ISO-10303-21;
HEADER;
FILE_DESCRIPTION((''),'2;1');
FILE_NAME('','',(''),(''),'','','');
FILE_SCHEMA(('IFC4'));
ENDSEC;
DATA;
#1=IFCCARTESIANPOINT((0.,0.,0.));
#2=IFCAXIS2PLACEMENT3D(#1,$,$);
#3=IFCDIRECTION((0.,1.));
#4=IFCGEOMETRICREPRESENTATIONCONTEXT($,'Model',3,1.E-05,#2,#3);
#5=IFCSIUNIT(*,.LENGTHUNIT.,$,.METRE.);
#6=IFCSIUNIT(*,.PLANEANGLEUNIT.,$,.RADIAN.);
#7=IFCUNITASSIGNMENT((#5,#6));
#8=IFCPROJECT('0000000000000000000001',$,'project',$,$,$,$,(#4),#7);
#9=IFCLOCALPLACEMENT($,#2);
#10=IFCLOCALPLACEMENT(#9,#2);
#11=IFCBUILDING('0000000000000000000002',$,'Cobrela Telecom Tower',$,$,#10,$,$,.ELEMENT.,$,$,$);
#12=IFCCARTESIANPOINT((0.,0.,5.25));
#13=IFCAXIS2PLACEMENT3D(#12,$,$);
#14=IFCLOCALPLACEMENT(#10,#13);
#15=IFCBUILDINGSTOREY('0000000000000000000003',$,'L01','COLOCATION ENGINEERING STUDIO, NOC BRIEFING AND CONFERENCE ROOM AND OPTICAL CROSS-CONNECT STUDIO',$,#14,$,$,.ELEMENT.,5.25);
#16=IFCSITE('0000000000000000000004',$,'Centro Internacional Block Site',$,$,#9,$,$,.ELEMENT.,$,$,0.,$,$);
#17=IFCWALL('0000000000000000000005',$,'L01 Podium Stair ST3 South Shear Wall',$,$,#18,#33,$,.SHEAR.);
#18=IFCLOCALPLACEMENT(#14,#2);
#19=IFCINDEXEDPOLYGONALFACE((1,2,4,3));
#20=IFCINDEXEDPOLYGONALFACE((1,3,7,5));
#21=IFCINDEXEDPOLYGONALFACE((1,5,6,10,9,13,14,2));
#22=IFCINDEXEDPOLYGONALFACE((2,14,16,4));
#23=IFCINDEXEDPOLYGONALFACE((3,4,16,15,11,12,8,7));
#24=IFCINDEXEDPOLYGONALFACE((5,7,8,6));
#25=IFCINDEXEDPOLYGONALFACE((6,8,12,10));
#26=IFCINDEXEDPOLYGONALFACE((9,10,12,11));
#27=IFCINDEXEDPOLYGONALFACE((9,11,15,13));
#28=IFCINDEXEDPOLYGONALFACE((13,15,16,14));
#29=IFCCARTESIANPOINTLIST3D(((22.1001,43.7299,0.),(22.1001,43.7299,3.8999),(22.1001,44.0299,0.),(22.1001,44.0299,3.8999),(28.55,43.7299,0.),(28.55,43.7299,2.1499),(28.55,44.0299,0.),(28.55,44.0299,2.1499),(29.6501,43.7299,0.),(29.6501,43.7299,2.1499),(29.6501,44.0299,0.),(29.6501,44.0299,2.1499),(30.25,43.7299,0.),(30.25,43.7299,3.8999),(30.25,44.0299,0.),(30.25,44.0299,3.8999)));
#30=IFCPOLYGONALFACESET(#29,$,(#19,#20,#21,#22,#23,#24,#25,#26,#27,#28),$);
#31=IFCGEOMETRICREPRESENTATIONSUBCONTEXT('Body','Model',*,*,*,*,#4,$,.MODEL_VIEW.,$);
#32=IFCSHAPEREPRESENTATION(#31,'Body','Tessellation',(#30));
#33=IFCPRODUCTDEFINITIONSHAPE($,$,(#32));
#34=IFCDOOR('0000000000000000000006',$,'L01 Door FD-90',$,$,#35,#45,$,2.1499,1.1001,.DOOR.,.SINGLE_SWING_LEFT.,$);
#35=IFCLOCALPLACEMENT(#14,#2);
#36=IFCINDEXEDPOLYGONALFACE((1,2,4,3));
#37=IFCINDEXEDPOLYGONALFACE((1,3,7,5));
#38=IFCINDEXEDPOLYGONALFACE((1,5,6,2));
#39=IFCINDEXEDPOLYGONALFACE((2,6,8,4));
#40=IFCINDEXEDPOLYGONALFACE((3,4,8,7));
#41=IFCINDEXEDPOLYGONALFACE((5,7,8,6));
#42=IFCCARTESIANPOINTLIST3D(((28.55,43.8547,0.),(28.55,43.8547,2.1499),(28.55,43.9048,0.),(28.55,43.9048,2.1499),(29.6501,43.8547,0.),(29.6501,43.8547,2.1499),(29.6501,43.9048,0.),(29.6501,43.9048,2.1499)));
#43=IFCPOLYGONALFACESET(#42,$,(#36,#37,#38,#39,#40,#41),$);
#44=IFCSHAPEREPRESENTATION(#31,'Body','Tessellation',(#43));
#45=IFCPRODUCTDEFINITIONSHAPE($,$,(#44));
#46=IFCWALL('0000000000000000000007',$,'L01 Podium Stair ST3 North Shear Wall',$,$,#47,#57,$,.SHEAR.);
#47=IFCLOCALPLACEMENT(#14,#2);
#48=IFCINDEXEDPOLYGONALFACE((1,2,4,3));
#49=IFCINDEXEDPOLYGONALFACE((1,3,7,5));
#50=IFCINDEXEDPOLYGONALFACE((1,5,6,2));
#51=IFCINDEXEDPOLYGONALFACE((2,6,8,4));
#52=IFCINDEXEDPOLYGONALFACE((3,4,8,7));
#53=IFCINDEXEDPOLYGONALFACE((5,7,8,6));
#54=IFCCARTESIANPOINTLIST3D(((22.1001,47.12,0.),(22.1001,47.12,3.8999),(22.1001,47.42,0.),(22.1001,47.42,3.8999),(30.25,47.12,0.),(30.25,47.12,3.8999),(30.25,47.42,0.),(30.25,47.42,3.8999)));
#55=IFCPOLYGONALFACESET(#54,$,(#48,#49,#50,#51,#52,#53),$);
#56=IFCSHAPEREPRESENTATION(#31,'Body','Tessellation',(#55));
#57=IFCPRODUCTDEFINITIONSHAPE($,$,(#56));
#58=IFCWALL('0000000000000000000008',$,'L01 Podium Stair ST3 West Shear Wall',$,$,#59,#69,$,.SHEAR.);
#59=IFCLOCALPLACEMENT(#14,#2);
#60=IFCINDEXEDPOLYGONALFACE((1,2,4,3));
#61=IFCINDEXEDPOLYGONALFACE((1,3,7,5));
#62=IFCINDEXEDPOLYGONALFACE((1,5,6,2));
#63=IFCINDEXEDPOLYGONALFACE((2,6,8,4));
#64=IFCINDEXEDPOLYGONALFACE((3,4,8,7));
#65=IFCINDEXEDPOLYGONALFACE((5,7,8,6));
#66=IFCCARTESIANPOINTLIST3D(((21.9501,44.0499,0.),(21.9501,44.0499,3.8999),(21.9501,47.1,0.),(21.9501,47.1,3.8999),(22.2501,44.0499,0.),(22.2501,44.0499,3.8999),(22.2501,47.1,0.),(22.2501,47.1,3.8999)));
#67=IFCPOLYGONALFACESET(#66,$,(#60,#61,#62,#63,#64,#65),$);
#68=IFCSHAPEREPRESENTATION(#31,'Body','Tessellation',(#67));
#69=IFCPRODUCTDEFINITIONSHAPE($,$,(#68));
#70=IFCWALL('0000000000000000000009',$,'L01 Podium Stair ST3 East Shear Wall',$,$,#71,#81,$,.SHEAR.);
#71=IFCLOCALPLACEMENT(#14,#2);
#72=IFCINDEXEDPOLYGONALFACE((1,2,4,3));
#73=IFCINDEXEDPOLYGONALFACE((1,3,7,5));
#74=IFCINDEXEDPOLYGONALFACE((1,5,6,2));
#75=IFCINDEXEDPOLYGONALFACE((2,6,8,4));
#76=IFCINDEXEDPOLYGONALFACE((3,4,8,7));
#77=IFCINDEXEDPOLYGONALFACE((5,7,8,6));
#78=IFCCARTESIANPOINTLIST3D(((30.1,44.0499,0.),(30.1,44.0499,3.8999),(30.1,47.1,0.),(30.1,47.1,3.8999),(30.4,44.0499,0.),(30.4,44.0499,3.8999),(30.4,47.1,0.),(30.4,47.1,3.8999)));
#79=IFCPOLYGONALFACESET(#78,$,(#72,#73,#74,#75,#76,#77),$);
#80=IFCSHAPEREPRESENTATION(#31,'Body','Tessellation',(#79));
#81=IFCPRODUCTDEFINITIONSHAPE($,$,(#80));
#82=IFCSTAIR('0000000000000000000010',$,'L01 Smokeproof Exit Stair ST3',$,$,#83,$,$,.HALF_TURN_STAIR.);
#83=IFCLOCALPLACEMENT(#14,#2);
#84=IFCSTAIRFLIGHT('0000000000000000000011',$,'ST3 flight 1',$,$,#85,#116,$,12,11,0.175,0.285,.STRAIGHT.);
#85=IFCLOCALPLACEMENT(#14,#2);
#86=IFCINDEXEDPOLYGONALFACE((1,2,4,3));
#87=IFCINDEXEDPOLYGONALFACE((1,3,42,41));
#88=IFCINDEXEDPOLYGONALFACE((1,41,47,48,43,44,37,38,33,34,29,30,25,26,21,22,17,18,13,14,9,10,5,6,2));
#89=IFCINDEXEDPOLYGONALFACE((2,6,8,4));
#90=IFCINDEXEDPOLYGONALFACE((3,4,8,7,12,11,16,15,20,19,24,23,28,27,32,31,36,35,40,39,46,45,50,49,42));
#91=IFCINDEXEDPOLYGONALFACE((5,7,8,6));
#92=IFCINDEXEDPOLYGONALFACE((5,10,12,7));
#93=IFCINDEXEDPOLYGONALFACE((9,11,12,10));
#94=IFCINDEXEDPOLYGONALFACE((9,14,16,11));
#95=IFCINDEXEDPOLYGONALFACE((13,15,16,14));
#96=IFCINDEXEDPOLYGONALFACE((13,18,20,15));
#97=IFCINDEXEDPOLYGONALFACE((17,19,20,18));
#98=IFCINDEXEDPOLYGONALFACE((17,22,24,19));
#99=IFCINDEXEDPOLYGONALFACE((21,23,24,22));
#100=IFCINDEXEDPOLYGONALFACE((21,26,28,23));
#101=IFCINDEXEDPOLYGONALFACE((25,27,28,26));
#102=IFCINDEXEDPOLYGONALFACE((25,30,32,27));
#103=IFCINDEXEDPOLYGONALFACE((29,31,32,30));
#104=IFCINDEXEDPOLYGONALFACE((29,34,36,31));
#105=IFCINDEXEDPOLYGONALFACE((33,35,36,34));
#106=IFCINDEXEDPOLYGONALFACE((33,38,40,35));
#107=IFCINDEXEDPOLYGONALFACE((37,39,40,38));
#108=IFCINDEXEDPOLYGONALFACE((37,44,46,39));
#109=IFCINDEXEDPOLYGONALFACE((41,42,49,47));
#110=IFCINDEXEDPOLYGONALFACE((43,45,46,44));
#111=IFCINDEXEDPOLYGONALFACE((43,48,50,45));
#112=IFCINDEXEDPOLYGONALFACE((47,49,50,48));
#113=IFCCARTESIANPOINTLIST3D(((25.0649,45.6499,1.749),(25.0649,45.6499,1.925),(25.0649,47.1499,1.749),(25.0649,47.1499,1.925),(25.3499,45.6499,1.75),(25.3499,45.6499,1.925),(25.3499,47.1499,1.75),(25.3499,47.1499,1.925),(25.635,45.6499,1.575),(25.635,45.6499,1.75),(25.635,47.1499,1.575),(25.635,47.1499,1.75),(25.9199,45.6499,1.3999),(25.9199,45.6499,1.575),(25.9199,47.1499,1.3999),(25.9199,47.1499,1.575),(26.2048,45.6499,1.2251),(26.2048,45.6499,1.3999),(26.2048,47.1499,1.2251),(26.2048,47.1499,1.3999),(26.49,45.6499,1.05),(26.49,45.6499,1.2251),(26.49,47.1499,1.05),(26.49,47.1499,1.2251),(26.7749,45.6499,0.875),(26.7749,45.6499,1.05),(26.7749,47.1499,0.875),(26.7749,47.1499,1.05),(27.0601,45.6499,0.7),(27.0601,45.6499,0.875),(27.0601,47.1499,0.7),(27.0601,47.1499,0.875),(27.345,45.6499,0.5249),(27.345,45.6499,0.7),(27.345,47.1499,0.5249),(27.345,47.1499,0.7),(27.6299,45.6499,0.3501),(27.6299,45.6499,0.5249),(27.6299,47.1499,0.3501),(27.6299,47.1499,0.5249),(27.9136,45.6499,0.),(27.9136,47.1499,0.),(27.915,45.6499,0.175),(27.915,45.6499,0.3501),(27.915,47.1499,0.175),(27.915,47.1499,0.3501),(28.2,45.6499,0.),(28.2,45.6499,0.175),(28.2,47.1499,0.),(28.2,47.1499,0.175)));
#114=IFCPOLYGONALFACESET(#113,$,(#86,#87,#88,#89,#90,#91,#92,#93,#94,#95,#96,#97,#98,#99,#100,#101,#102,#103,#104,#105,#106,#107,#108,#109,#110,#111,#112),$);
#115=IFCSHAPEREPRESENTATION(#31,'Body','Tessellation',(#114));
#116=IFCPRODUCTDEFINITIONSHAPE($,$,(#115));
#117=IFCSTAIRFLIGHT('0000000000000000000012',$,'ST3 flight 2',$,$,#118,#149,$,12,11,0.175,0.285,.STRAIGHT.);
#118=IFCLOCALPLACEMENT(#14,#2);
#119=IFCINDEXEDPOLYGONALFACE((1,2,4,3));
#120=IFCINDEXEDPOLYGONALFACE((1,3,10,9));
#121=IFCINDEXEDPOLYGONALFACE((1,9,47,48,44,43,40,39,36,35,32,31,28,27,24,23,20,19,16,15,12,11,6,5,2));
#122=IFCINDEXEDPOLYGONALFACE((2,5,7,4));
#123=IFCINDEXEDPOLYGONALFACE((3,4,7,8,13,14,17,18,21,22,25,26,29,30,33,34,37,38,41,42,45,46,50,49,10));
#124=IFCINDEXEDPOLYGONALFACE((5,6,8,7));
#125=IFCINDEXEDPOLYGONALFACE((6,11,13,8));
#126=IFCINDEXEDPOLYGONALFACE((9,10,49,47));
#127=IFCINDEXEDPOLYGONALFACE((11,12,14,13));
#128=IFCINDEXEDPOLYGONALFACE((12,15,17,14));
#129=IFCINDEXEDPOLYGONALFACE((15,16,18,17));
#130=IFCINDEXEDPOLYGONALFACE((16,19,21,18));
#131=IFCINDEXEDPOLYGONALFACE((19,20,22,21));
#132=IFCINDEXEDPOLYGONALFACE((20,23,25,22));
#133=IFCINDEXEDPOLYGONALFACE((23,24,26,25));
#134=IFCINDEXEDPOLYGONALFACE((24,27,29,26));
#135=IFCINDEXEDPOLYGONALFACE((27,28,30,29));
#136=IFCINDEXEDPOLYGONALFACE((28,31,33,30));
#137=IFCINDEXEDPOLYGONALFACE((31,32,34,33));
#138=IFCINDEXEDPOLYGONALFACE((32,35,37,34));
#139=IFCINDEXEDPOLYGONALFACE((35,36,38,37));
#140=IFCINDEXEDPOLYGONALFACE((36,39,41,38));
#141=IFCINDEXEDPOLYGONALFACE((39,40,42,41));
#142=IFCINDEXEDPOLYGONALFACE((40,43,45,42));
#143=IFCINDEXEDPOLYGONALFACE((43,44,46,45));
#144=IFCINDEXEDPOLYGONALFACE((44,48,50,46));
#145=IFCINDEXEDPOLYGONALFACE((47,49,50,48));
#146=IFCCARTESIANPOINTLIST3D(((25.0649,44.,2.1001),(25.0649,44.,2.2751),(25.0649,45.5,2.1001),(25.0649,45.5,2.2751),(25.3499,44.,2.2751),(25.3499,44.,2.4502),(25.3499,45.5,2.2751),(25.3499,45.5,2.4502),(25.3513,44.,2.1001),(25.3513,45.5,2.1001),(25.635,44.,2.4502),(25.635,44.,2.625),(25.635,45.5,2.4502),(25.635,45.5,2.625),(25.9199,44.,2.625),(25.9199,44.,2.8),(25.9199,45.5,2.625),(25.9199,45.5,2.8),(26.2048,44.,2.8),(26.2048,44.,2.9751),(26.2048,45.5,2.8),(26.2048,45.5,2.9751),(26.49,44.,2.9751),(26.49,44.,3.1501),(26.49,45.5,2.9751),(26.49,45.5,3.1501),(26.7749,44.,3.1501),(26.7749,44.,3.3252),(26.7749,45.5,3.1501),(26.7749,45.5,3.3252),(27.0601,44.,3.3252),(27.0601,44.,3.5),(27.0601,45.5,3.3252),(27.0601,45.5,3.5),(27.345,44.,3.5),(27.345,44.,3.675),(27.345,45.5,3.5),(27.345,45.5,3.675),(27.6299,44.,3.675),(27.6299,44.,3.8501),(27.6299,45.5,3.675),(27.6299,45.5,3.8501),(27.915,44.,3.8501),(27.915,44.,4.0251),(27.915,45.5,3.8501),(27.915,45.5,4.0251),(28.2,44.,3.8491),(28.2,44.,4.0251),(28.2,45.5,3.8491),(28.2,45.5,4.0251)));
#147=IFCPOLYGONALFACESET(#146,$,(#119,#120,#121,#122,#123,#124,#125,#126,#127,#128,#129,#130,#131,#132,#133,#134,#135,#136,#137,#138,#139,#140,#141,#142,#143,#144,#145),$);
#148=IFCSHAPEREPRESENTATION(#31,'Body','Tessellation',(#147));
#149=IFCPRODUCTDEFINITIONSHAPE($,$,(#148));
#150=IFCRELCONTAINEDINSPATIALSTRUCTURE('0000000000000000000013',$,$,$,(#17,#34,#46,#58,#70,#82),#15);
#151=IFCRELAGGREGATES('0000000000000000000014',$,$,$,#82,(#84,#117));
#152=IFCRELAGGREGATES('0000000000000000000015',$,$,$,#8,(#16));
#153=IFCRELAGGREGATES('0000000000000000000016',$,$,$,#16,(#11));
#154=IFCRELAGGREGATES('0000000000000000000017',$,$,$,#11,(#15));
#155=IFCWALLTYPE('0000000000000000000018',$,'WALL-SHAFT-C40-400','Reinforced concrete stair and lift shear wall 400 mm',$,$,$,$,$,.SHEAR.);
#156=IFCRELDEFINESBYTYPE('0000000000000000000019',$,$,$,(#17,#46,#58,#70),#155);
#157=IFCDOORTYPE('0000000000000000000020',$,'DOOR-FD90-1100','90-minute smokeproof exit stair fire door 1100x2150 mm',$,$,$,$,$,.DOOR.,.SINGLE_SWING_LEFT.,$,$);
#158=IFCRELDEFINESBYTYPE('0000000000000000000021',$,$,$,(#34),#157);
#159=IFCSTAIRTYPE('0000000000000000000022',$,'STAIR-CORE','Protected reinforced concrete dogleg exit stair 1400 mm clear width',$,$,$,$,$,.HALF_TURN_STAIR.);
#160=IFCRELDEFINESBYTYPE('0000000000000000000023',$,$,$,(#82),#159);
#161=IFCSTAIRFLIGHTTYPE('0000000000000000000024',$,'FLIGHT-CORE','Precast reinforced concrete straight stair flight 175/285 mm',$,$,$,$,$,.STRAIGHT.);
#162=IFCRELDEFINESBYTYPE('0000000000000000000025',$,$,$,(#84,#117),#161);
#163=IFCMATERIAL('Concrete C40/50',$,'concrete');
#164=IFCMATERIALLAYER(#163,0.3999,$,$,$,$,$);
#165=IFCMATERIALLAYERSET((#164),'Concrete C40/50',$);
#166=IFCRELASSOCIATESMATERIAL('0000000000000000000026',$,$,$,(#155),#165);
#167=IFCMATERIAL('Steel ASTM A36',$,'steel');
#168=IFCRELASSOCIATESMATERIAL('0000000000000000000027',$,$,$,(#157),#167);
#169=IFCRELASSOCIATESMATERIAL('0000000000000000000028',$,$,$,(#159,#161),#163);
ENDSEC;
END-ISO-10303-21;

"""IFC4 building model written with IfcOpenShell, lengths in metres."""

from ifc_helpers import new_model, si_unit, direction, frame, frame_2d, origin, place, context, subcontext, project, spatial, polyline, rectangle, outline, extrude, material, layer, layer_set, type_object, element, fill, aggregate, save


model = new_model("IFC4")

# Units and contexts
model_context = context("Model", 3, precision=1e-05, world=origin(), true_north=direction((0.0, 1.0)))
body_context = subcontext(model_context, "Body", "Model", "MODEL_VIEW")
ifc_project = project(units=[si_unit("LENGTHUNIT", "METRE"), si_unit("PLANEANGLEUNIT", "RADIAN")], contexts=[model_context])

# Site, building, storey
site_placement = place(None, origin())
site = spatial("IfcSite", under=ifc_project, at=site_placement, Name="Centro Internacional Block Site", CompositionType="ELEMENT", RefElevation=0.0)
building_placement = place(site_placement, origin())
building = spatial("IfcBuilding", under=site, at=building_placement, Name="Cobrela Telecom Tower", CompositionType="ELEMENT")
storey_placement = place(building_placement, frame((0.0, 0.0, 5.25)))
storey = spatial("IfcBuildingStorey", under=building, at=storey_placement, Name="L01", Description="COLOCATION ENGINEERING STUDIO, NOC BRIEFING AND CONFERENCE ROOM AND OPTICAL CROSS-CONNECT STUDIO", CompositionType="ELEMENT", Elevation=5.25)

# Wall, opening, door
ifc_material_1 = material(Name="Concrete C40/50", Category="concrete")
ifc_layer_1 = layer(ifc_material_1, 0.3999)
ifc_layer_set_1 = layer_set([ifc_layer_1], Name="Concrete C40/50")
wall_type_1 = type_object("IfcWallType", Name="WALL-SHAFT-C40-400", Description="Reinforced concrete stair and lift shear wall 400 mm", PredefinedType="SHEAR", material=ifc_layer_set_1)
wall_1_placement = place(storey_placement, frame((22.1001, 43.8799, 0.0), z_axis=(0.0, 0.0, 1.0), x_axis=(1.0, 0.0, 0.0)))
wall_1 = element("IfcWall", 1, at=wall_1_placement, inside=storey, type_object=wall_type_1, Name="L01 Podium Stair ST3 South Shear Wall", PredefinedType="SHEAR", context=body_context, shape_type="SweptSolid", body=[
    extrude(rectangle(XDim=8.1499, YDim=0.3, at=frame_2d((4.075, 0.0))), origin(), (0.0, 0.0, 1.0), 3.8999),
])
opening_1_placement = place(wall_1_placement, frame((6.45, 0.0, 0.0)))
opening_1 = element("IfcOpeningElement", 2, at=opening_1_placement, cuts=wall_1, PredefinedType="OPENING", context=body_context, shape_type="SweptSolid", body=[
    extrude(rectangle(XDim=1.1001, YDim=2.1499, at=frame_2d((0.55, 1.075))), frame((0.0, 0.1621, 0.0), z_axis=(0.0, -1.0, 0.0), x_axis=(1.0, 0.0, 0.0)), (0.0, 0.0, 1.0), 0.324),
])
ifc_material_2 = material(Name="Steel ASTM A36", Category="steel")
door_type_1 = type_object("IfcDoorType", Name="DOOR-FD90-1100", Description="90-minute smokeproof exit stair fire door 1100x2150 mm", OperationType="SINGLE_SWING_LEFT", PredefinedType="DOOR", material=ifc_material_2)
door_1_placement = place(opening_1_placement, origin())
door_1 = element("IfcDoor", 3, at=door_1_placement, inside=storey, type_object=door_type_1, Name="L01 Door FD-90", OperationType="SINGLE_SWING_LEFT", OverallHeight=2.1499, OverallWidth=1.1001, PredefinedType="DOOR", context=body_context, shape_type="SweptSolid", body=[
    extrude(rectangle(XDim=1.1001, YDim=2.1499, at=frame_2d((0.55, 1.075))), frame((0.0, 0.0249, 0.0), z_axis=(0.0, -1.0, 0.0), x_axis=(1.0, 0.0, 0.0)), (0.0, 0.0, 1.0), 0.05),
])
fill(opening_1, door_1)

# Walls
wall_2_placement = place(storey_placement, frame((22.1001, 47.27, 0.0), z_axis=(0.0, 0.0, 1.0), x_axis=(1.0, 0.0, 0.0)))
element("IfcWall", 4, at=wall_2_placement, inside=storey, type_object=wall_type_1, Name="L01 Podium Stair ST3 North Shear Wall", PredefinedType="SHEAR", context=body_context, shape_type="SweptSolid", body=[
    extrude(rectangle(XDim=8.1499, YDim=0.3, at=frame_2d((4.075, 0.0))), origin(), (0.0, 0.0, 1.0), 3.8999),
])
for number, where, z_axis, x_axis, name in (
    (5, (22.1001, 44.05, 0.0), (0.0, 0.0, 1.0), (0.0, 1.0, 0.0), "L01 Podium Stair ST3 West Shear Wall"),
    (6, (30.25, 44.05, 0.0), (0.0, 0.0, 1.0), (0.0, 1.0, 0.0), "L01 Podium Stair ST3 East Shear Wall"),
):
    element("IfcWall", number, at=place(storey_placement, frame(where, z_axis=z_axis, x_axis=x_axis)), inside=storey, type_object=wall_type_1, Name=name, PredefinedType="SHEAR", context=body_context, shape_type="SweptSolid", body=[
        extrude(rectangle(XDim=3.05, YDim=0.3, at=frame_2d((1.5249, 0.0))), origin(), (0.0, 0.0, 1.0), 3.8999),
    ])

# Stair, stair flights
stair_type = type_object("IfcStairType", Name="STAIR-CORE", Description="Protected reinforced concrete dogleg exit stair 1400 mm clear width", PredefinedType="HALF_TURN_STAIR", material=ifc_material_1)
stair_placement = place(storey_placement, origin())
stair = element("IfcStair", 7, at=stair_placement, inside=storey, type_object=stair_type, Name="L01 Smokeproof Exit Stair ST3", PredefinedType="HALF_TURN_STAIR")
stair_flight_type = type_object("IfcStairFlightType", Name="FLIGHT-CORE", Description="Precast reinforced concrete straight stair flight 175/285 mm", PredefinedType="STRAIGHT", material=ifc_material_1)
stair_flight_1_placement = place(storey_placement, frame((28.2, 46.3999, 0.0), z_axis=(0.0, 0.0, 1.0), x_axis=(-1.0, 0.0, 0.0)))
stair_flight_1 = element("IfcStairFlight", 8, at=stair_flight_1_placement, type_object=stair_flight_type, Name="ST3 flight 1", NumberOfRisers=12, NumberOfTreads=11, PredefinedType="STRAIGHT", RiserHeight=0.175, TreadLength=0.285, context=body_context, shape_type="SweptSolid", body=[
    extrude(outline(polyline([(0.0, 0.0), (0.0, 0.175), (0.2849, 0.175), (0.2849, 0.3501), (0.5701, 0.3501), (0.5701, 0.5249), (0.855, 0.5249), (0.855, 0.7), (1.1399, 0.7), (1.1399, 0.875), (1.425, 0.875), (1.425, 1.05), (1.71, 1.05), (1.71, 1.2251), (1.9951, 1.2251), (1.9951, 1.3999), (2.28, 1.3999), (2.28, 1.575), (2.5649, 1.575), (2.5649, 1.75), (2.8501, 1.75), (2.8501, 1.925), (3.135, 1.925), (3.135, 2.1001), (3.135, 1.749), (0.2864, 0.0), (0.0, 0.0)])), frame((0.0, 0.75, 0.0), z_axis=(0.0, -1.0, 0.0), x_axis=(1.0, 0.0, 0.0)), (0.0, 0.0, 1.0), 1.5),
])
stair_flight_2_placement = place(storey_placement, frame((25.0649, 44.75, 2.1001), z_axis=(0.0, 0.0, 1.0), x_axis=(1.0, 0.0, 0.0)))
stair_flight_2 = element("IfcStairFlight", 9, at=stair_flight_2_placement, type_object=stair_flight_type, Name="ST3 flight 2", NumberOfRisers=12, NumberOfTreads=11, PredefinedType="STRAIGHT", RiserHeight=0.175, TreadLength=0.285, context=body_context, shape_type="SweptSolid", body=[
    extrude(outline(polyline([(0.0, 0.0), (0.0, 0.175), (0.2849, 0.175), (0.2849, 0.3501), (0.5701, 0.3501), (0.5701, 0.5249), (0.855, 0.5249), (0.855, 0.7), (1.1399, 0.7), (1.1399, 0.875), (1.425, 0.875), (1.425, 1.05), (1.71, 1.05), (1.71, 1.2251), (1.9951, 1.2251), (1.9951, 1.3999), (2.28, 1.3999), (2.28, 1.575), (2.5649, 1.575), (2.5649, 1.75), (2.8501, 1.75), (2.8501, 1.925), (3.135, 1.925), (3.135, 2.1001), (3.135, 1.749), (0.2864, 0.0), (0.0, 0.0)])), frame((0.0, 0.75, 0.0), z_axis=(0.0, -1.0, 0.0), x_axis=(1.0, 0.0, 0.0)), (0.0, 0.0, 1.0), 1.5),
])
aggregate(stair, [stair_flight_1, stair_flight_2])

save(model, "model.ifc")
